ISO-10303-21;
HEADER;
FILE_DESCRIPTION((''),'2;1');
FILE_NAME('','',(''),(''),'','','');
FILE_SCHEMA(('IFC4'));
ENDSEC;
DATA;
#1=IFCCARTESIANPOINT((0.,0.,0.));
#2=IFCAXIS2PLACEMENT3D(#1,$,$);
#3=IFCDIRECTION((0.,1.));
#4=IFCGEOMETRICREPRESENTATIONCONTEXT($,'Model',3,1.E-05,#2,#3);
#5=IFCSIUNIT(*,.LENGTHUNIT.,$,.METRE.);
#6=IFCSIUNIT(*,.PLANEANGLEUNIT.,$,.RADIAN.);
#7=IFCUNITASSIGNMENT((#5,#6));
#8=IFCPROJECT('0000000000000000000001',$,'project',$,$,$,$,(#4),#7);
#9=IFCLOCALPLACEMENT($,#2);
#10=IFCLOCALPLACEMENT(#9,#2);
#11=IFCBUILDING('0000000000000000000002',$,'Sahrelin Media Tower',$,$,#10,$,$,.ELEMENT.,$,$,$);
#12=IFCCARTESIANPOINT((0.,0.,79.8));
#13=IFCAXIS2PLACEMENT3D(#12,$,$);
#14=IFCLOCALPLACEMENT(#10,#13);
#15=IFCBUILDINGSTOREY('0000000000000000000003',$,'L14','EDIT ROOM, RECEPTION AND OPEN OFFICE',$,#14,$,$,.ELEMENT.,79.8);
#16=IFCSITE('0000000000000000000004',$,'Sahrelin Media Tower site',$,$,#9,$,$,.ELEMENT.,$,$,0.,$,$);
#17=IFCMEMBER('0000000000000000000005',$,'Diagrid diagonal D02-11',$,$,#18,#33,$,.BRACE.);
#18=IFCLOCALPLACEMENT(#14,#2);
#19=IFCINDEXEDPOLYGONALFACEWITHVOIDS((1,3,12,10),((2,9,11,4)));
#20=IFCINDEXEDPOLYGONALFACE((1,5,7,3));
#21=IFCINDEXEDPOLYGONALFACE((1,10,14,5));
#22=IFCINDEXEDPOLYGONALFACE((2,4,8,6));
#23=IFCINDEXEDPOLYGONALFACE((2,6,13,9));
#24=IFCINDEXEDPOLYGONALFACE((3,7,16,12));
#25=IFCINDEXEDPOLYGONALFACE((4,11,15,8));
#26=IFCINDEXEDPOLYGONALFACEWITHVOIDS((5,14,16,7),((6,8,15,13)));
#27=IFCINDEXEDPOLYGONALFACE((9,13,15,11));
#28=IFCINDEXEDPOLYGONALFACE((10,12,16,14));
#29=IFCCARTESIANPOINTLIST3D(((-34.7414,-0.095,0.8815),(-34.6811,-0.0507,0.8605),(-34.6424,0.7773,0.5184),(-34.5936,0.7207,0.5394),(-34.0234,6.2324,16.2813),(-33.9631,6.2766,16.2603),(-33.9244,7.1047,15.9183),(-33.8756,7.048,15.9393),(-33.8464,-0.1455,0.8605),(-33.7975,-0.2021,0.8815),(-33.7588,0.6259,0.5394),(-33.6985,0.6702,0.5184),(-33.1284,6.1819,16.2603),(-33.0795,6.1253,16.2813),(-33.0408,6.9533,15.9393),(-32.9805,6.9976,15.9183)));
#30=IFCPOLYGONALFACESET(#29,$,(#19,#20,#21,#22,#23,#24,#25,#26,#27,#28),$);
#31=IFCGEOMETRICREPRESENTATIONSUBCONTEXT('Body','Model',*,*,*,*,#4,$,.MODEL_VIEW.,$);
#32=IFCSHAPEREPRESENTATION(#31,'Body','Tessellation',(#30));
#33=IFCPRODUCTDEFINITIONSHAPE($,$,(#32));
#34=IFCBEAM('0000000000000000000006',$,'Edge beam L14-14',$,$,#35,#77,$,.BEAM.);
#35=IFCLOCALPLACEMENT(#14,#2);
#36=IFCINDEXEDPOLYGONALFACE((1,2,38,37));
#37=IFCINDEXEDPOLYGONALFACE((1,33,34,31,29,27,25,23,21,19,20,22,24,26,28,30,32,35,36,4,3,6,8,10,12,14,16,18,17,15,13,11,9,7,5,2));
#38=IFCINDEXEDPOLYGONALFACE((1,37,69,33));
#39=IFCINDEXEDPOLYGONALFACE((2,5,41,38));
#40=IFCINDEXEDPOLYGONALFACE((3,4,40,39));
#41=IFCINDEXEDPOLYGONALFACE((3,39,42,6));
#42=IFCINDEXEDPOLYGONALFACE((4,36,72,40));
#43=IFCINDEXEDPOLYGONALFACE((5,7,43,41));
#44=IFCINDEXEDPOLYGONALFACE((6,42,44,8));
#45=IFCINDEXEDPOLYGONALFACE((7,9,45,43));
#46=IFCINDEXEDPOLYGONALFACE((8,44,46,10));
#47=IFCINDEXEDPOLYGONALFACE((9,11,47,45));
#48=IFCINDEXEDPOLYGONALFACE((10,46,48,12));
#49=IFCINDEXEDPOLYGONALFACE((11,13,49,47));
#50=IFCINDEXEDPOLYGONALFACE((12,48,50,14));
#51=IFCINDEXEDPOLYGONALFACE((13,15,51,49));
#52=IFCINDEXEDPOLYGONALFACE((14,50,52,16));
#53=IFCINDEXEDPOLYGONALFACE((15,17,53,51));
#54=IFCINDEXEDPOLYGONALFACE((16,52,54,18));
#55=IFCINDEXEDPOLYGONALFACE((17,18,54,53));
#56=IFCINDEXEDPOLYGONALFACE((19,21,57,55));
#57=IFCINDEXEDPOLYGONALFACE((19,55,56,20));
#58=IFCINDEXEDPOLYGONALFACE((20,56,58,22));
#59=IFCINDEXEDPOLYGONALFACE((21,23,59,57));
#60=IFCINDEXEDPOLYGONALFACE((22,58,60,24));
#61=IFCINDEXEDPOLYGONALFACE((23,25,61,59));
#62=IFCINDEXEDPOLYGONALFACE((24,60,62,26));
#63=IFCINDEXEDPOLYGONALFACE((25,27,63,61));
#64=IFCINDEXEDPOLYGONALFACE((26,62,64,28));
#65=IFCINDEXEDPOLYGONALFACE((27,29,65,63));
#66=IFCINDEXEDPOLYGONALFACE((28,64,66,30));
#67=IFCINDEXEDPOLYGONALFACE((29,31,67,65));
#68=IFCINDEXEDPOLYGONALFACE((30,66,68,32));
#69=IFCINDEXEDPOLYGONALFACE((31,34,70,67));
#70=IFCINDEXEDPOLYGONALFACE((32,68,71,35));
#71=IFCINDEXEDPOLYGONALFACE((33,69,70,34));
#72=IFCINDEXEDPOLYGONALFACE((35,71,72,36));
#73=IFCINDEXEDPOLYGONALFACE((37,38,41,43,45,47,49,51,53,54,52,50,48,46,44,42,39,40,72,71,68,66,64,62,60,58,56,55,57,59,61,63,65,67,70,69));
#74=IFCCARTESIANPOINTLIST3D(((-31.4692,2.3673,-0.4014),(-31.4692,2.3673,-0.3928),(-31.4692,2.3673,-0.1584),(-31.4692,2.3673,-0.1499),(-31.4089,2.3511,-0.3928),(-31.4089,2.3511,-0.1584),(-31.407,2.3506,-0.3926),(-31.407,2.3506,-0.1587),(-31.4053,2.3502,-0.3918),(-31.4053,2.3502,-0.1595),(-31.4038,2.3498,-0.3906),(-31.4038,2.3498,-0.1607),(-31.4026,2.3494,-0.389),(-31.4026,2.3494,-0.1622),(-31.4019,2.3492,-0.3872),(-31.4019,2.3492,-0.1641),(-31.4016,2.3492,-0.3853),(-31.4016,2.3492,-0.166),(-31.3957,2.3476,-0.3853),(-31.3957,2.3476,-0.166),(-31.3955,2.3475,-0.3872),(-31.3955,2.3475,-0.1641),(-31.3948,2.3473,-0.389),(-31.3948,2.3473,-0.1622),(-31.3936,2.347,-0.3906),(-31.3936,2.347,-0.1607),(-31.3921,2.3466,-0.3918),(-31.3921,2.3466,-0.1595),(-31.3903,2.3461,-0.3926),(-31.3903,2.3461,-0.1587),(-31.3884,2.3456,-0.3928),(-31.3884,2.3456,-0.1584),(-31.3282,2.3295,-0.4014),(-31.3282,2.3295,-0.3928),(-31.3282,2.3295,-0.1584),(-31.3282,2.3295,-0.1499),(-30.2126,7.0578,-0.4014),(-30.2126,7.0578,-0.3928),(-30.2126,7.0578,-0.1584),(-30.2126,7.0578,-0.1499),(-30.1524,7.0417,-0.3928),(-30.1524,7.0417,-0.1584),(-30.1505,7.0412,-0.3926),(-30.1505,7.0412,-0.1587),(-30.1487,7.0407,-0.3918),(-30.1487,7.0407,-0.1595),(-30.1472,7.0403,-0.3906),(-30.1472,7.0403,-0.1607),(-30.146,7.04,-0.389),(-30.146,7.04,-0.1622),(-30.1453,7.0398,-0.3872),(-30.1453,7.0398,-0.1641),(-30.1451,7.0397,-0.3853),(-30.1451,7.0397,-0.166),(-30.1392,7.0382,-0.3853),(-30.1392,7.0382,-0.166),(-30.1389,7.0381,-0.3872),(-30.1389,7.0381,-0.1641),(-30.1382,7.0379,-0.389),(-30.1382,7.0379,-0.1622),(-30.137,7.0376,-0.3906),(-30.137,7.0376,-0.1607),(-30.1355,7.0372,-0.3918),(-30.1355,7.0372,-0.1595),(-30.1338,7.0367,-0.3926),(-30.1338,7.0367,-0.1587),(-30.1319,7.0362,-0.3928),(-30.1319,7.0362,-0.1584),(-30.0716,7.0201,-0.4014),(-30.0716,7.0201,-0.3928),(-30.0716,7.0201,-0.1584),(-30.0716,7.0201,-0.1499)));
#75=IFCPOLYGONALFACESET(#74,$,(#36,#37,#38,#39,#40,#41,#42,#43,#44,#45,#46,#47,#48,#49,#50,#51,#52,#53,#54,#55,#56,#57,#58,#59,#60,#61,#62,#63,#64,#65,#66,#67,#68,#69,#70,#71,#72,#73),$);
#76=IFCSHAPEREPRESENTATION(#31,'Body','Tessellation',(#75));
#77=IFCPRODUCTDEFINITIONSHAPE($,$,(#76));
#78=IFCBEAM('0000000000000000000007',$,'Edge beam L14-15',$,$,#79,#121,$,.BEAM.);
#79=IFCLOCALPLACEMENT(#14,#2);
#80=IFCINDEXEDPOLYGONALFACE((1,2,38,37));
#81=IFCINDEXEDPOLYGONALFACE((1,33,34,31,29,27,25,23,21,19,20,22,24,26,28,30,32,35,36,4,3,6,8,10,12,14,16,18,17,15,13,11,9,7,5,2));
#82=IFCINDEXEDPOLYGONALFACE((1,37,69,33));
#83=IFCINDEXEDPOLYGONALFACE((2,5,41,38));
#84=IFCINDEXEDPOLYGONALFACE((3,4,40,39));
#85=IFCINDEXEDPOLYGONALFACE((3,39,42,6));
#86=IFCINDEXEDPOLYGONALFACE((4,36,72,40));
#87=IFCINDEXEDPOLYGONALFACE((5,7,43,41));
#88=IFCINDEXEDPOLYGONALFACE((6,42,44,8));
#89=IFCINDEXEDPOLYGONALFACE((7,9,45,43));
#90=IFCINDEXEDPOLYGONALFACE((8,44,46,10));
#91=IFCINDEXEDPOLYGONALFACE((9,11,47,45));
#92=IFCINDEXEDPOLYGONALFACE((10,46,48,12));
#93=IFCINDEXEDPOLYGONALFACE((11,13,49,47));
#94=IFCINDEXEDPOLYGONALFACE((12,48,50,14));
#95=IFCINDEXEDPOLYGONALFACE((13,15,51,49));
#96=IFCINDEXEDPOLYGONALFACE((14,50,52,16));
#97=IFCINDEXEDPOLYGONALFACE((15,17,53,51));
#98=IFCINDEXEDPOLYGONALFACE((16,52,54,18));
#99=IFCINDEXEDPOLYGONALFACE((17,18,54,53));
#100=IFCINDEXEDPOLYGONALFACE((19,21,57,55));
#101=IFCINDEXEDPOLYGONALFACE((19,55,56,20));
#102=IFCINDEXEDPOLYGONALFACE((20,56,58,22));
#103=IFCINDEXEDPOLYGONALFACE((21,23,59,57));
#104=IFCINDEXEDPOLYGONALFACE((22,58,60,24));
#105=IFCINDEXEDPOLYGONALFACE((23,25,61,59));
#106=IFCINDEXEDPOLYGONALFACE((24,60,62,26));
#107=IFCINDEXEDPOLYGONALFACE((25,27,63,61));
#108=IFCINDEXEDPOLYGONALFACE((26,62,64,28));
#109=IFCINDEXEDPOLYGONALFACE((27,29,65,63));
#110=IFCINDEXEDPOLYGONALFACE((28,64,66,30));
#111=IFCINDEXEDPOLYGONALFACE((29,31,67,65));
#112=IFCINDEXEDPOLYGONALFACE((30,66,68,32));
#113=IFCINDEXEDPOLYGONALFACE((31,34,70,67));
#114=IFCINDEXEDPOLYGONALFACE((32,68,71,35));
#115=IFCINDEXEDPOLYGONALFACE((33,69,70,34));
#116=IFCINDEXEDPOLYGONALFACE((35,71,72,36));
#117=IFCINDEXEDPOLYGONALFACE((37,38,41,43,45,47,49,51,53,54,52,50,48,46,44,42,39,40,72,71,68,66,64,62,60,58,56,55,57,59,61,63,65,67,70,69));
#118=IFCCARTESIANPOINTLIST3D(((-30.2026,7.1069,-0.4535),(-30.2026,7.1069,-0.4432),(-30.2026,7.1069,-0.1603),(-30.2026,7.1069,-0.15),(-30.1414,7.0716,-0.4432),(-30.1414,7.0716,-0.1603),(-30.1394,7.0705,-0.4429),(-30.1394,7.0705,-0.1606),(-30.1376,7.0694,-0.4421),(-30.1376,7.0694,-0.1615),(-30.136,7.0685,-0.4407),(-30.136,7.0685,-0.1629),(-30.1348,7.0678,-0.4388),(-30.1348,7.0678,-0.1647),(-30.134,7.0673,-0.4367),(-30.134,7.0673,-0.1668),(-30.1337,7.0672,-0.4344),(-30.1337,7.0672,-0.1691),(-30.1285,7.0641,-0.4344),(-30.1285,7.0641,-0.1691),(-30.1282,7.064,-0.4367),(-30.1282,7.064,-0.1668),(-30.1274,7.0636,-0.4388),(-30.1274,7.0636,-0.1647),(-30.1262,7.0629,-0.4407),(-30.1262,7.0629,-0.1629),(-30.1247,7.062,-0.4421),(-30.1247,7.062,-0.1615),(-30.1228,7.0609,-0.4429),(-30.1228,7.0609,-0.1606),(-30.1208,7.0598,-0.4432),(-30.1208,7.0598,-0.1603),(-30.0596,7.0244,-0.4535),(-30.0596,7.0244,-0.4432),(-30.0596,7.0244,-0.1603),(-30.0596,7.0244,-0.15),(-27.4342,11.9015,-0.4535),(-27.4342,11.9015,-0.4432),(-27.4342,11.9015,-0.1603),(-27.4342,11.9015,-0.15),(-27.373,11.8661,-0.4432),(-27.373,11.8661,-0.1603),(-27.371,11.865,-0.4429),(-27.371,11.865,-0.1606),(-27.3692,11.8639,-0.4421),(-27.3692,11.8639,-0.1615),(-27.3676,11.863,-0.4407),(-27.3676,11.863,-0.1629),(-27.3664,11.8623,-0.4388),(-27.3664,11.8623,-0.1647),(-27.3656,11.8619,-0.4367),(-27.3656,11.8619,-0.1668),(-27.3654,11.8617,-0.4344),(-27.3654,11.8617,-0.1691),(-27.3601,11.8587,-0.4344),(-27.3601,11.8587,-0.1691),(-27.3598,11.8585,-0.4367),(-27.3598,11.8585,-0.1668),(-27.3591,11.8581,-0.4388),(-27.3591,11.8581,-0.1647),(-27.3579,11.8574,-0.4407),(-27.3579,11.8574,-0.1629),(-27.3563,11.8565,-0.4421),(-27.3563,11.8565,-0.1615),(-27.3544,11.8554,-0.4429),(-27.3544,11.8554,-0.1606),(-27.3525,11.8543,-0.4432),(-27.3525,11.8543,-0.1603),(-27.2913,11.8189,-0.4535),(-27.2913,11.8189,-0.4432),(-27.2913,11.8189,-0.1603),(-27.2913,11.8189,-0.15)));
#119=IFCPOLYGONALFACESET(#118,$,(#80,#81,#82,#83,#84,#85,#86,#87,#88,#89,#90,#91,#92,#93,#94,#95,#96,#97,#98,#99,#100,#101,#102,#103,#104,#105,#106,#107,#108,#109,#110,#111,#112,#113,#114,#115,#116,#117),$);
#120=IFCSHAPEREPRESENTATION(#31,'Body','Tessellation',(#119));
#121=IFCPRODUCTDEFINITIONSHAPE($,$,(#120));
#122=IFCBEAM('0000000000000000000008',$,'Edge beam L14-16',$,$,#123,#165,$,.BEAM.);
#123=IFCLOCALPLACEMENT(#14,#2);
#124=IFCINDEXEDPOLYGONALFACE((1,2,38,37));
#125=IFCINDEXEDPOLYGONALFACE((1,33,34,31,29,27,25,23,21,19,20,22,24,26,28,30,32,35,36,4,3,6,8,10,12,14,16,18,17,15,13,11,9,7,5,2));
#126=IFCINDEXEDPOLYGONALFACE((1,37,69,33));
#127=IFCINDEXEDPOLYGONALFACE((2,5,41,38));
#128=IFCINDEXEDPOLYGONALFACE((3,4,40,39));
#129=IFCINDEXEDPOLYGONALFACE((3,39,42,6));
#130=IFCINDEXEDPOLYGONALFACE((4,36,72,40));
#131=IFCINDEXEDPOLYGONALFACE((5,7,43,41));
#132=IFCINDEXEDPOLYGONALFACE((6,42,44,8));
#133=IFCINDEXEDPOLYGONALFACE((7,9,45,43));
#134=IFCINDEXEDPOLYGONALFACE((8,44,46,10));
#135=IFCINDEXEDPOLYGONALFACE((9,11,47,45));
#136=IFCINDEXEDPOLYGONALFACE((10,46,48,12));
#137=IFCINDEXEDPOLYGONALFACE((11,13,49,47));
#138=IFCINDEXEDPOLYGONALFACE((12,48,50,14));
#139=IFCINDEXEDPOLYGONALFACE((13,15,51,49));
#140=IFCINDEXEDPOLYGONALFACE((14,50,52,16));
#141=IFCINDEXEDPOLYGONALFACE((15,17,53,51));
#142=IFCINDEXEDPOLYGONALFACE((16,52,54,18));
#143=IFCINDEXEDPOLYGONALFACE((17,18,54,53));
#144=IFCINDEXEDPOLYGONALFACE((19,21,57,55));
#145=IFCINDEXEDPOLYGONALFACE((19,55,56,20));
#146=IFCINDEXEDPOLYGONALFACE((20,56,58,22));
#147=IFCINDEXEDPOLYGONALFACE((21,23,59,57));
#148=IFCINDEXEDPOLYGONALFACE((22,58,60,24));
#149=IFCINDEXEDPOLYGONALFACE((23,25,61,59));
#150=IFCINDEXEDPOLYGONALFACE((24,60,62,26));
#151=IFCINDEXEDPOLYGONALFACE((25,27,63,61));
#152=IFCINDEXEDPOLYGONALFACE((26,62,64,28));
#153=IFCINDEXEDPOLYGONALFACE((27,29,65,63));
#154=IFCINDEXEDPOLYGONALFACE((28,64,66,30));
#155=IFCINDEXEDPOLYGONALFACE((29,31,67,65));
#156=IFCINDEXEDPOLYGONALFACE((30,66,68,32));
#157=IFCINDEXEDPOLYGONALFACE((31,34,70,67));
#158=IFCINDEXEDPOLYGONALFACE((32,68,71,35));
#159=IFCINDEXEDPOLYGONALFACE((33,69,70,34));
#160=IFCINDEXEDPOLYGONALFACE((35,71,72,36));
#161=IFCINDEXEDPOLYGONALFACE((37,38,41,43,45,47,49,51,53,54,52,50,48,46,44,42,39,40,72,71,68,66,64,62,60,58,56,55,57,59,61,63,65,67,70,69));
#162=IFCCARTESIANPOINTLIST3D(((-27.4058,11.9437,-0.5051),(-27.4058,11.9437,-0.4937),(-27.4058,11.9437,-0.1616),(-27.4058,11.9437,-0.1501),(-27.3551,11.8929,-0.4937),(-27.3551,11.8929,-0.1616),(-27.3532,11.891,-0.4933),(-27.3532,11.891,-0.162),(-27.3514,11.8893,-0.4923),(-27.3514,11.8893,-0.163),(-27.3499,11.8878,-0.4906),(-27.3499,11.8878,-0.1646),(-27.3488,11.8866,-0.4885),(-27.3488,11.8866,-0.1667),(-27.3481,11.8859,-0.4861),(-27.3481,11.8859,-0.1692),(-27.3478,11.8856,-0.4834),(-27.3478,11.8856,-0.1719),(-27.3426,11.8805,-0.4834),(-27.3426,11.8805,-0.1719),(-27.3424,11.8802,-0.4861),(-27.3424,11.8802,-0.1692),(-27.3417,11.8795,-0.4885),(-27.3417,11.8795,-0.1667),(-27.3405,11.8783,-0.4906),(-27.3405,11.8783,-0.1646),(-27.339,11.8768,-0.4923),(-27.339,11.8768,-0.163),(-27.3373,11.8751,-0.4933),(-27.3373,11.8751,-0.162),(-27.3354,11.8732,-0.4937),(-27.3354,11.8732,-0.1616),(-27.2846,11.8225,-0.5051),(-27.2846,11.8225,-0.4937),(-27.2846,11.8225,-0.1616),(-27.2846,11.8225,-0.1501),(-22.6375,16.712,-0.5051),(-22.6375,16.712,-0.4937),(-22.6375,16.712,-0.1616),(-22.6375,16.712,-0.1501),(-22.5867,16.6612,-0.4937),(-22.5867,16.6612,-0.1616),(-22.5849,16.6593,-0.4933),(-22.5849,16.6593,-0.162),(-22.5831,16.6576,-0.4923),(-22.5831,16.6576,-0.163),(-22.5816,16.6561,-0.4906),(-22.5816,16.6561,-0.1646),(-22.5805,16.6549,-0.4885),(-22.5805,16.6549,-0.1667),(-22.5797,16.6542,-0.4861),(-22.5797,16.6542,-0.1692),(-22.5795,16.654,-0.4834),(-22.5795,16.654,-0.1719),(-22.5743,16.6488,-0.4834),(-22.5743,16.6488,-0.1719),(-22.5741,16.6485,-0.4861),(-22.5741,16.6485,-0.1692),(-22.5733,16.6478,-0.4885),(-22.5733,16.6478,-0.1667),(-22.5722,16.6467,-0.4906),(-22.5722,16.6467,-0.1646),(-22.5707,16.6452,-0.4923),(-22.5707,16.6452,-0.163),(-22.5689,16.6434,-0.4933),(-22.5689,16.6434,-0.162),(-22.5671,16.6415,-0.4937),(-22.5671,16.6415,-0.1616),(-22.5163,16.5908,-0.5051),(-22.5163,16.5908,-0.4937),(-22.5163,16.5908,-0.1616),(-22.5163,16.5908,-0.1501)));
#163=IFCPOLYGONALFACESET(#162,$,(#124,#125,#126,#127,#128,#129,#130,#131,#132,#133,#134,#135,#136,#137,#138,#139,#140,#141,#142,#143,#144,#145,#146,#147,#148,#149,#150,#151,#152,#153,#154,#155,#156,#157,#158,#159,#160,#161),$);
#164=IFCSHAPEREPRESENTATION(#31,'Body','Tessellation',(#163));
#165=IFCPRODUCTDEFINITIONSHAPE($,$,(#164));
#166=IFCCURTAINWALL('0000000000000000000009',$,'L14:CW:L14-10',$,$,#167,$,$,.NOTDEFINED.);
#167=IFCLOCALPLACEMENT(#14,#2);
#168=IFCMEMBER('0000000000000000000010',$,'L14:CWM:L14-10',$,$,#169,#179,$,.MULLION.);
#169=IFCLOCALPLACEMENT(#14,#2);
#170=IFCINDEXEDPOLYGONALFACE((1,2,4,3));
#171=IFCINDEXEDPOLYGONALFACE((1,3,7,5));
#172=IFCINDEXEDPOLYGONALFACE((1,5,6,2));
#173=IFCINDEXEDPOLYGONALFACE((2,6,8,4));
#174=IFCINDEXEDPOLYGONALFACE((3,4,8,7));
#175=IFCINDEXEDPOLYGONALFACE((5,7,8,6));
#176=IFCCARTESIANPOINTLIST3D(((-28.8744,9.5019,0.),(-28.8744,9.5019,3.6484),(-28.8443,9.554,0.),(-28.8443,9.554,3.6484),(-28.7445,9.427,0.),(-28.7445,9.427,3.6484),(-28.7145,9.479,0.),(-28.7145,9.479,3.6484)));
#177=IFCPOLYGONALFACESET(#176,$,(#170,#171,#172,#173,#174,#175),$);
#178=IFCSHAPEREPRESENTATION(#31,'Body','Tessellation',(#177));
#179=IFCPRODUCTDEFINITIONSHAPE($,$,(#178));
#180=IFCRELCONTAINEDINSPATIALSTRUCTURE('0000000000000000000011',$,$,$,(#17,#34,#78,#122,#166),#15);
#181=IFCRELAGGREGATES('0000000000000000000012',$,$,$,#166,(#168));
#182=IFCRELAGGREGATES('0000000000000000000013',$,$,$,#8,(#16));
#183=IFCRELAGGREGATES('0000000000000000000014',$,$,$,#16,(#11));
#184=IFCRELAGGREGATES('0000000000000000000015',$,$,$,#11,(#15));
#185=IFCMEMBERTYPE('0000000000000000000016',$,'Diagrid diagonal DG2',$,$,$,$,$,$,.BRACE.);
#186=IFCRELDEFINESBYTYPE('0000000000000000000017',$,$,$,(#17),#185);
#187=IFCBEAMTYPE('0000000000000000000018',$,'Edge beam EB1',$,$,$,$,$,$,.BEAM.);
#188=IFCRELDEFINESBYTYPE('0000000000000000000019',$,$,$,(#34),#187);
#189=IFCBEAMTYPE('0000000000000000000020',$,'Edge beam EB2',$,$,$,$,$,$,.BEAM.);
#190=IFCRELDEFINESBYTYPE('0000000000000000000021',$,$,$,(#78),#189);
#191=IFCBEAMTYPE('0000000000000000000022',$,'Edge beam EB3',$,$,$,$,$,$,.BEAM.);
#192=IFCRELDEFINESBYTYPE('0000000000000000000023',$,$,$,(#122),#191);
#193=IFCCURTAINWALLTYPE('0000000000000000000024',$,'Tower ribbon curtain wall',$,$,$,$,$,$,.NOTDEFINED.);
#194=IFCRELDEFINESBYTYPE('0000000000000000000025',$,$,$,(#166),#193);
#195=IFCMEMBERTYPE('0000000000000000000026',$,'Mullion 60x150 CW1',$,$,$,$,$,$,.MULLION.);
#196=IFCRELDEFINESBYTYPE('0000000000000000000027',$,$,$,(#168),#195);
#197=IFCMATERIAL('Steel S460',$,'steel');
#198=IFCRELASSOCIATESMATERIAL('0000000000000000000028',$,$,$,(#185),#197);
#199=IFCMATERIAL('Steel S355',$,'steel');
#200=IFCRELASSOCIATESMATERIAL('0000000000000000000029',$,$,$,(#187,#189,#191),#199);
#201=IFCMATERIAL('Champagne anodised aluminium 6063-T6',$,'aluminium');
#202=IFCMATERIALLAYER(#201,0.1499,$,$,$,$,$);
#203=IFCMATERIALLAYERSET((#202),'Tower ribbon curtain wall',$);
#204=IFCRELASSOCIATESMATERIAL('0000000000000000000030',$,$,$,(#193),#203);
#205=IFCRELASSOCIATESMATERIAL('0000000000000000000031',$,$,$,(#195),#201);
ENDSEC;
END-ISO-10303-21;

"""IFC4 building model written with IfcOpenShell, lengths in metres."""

from ifc_helpers import new_model, si_unit, direction, frame, origin, origin_2d, place, context, subcontext, project, spatial, rectangle, hollow_rectangle, i_section, extrude, material, layer, layer_set, material_profile, profile_set, type_object, element, aggregate, save


model = new_model("IFC4")

# Units and contexts
model_context = context("Model", 3, precision=1e-05, world=origin(), true_north=direction((0.0, 1.0)))
body_context = subcontext(model_context, "Body", "Model", "MODEL_VIEW")
ifc_project = project(units=[si_unit("LENGTHUNIT", "METRE"), si_unit("PLANEANGLEUNIT", "RADIAN")], contexts=[model_context])

# Site, building, storey
site_placement = place(None, origin())
site = spatial("IfcSite", under=ifc_project, at=site_placement, Name="Sahrelin Media Tower site", CompositionType="ELEMENT", RefElevation=0.0)
building_placement = place(site_placement, origin())
building = spatial("IfcBuilding", under=site, at=building_placement, Name="Sahrelin Media Tower", CompositionType="ELEMENT")
storey_placement = place(building_placement, frame((0.0, 0.0, 79.8)))
storey = spatial("IfcBuildingStorey", under=building, at=storey_placement, Name="L14", Description="EDIT ROOM, RECEPTION AND OPEN OFFICE", CompositionType="ELEMENT", Elevation=79.8)

# Member
ifc_material_1 = material(Name="Steel S460", Category="steel")
ifc_material_profile_1 = material_profile(ifc_material_1, hollow_rectangle(XDim=0.95, YDim=0.95, WallThickness=0.0549, at=origin_2d()), Name="Diagrid diagonal DG2")
ifc_profile_set_1 = profile_set([ifc_material_profile_1], Name="Steel S460")
member_type_1 = type_object("IfcMemberType", Name="Diagrid diagonal DG2", PredefinedType="BRACE", material=ifc_profile_set_1)
member_1_placement = place(storey_placement, frame((-34.22, 0.2876, 0.7), z_axis=(0.043086, 0.379691, 0.924109), x_axis=(-0.993623, 0.112754, 0.0)))
element("IfcMember", 1, at=member_1_placement, inside=storey, type_object=member_type_1, Name="Diagrid diagonal D02-11", PredefinedType="BRACE", context=body_context, shape_type="SweptSolid", body=[
    extrude(hollow_rectangle(XDim=0.95, YDim=0.95, WallThickness=0.0549, at=origin_2d()), origin(), (0.0, 0.0, 1.0), 16.6646),
])

# Beams
ifc_material_2 = material(Name="Steel S355", Category="steel")
ifc_material_profile_2 = material_profile(ifc_material_2, i_section(OverallWidth=0.146, OverallDepth=0.2515, WebThickness=0.0061, FlangeThickness=0.0085, FilletRadius=0.0076, at=origin_2d()), Name="UB 254x146x31")
ifc_profile_set_2 = profile_set([ifc_material_profile_2], Name="Steel S355")
beam_type_1 = type_object("IfcBeamType", Name="Edge beam EB1", PredefinedType="BEAM", material=ifc_profile_set_2)
beam_1_placement = place(storey_placement, frame((-31.3987, 2.3484, -0.2756), z_axis=(0.258767, 0.96594, 0.0), x_axis=(-0.96594, 0.258767, 0.0)))
element("IfcBeam", 2, at=beam_1_placement, inside=storey, type_object=beam_type_1, Name="Edge beam L14-14", PredefinedType="BEAM", context=body_context, shape_type="SweptSolid", body=[
    extrude(i_section(OverallWidth=0.146, OverallDepth=0.2515, WebThickness=0.0061, FlangeThickness=0.0085, FilletRadius=0.0076, at=origin_2d()), origin(), (0.0, 0.0, 1.0), 4.856),
])
ifc_material_profile_3 = material_profile(ifc_material_2, i_section(OverallWidth=0.165, OverallDepth=0.3035, WebThickness=0.0061, FlangeThickness=0.0103, FilletRadius=0.0088, at=origin_2d()), Name="UB 305x165x40")
ifc_profile_set_3 = profile_set([ifc_material_profile_3], Name="Steel S355")
beam_type_2 = type_object("IfcBeamType", Name="Edge beam EB2", PredefinedType="BEAM", material=ifc_profile_set_3)
beam_2_placement = place(storey_placement, frame((-30.1311, 7.0657, -0.3018), z_axis=(0.500033, 0.866006, 0.0), x_axis=(-0.866006, 0.500033, 0.0)))
element("IfcBeam", 3, at=beam_2_placement, inside=storey, type_object=beam_type_2, Name="Edge beam L14-15", PredefinedType="BEAM", context=body_context, shape_type="SweptSolid", body=[
    extrude(i_section(OverallWidth=0.165, OverallDepth=0.3035, WebThickness=0.0061, FlangeThickness=0.0103, FilletRadius=0.0088, at=origin_2d()), origin(), (0.0, 0.0, 1.0), 5.5364),
])
ifc_material_profile_4 = material_profile(ifc_material_2, i_section(OverallWidth=0.1714, OverallDepth=0.355, WebThickness=0.0073, FlangeThickness=0.0115, FilletRadius=0.0103, at=origin_2d()), Name="UB 356x171x51")
ifc_profile_set_4 = profile_set([ifc_material_profile_4], Name="Steel S355")
beam_type_3 = type_object("IfcBeamType", Name="Edge beam EB3", PredefinedType="BEAM", material=ifc_profile_set_4)
beam_3_placement = place(storey_placement, frame((-27.3452, 11.8831, -0.3276), z_axis=(0.707107, 0.707107, 0.0), x_axis=(-0.707107, 0.707107, 0.0)))
element("IfcBeam", 4, at=beam_3_placement, inside=storey, type_object=beam_type_3, Name="Edge beam L14-16", PredefinedType="BEAM", context=body_context, shape_type="SweptSolid", body=[
    extrude(i_section(OverallWidth=0.1714, OverallDepth=0.355, WebThickness=0.0073, FlangeThickness=0.0115, FilletRadius=0.0103, at=origin_2d()), origin(), (0.0, 0.0, 1.0), 6.7434),
])

# Curtain wall, member
ifc_material_3 = material(Name="Champagne anodised aluminium 6063-T6", Category="aluminium")
ifc_layer_1 = layer(ifc_material_3, 0.1499)
ifc_layer_set_1 = layer_set([ifc_layer_1], Name="Tower ribbon curtain wall")
curtain_wall_type = type_object("IfcCurtainWallType", Name="Tower ribbon curtain wall", PredefinedType="NOTDEFINED", material=ifc_layer_set_1)
curtain_wall_1_placement = place(storey_placement, frame((-28.8767, 9.5378, 0.0), z_axis=(0.0, 0.0, 1.0), x_axis=(1.0, 0.0, 0.0)))
curtain_wall_1 = element("IfcCurtainWall", 5, at=curtain_wall_1_placement, inside=storey, type_object=curtain_wall_type, Name="L14:CW:L14-10", PredefinedType="NOTDEFINED")
ifc_material_profile_5 = material_profile(ifc_material_3, rectangle(XDim=0.0601, YDim=0.1499, at=origin_2d()), Name="Mullion 60x150")
ifc_profile_set_5 = profile_set([ifc_material_profile_5], Name="Champagne anodised aluminium 6063-T6")
member_type_2 = type_object("IfcMemberType", Name="Mullion 60x150 CW1", PredefinedType="MULLION", material=ifc_profile_set_5)
member_2_placement = place(storey_placement, frame((-28.7944, 9.4905, 0.0), z_axis=(0.0, 0.0, 1.0), x_axis=(-0.5, -0.866025, 0.0)))
member_2 = element("IfcMember", 6, at=member_2_placement, type_object=member_type_2, Name="L14:CWM:L14-10", PredefinedType="MULLION", context=body_context, shape_type="SweptSolid", body=[
    extrude(rectangle(XDim=0.0601, YDim=0.1499, at=origin_2d()), origin(), (0.0, 0.0, 1.0), 3.6484),
])

aggregate(curtain_wall_1, [member_2])

save(model, "model.ifc")
